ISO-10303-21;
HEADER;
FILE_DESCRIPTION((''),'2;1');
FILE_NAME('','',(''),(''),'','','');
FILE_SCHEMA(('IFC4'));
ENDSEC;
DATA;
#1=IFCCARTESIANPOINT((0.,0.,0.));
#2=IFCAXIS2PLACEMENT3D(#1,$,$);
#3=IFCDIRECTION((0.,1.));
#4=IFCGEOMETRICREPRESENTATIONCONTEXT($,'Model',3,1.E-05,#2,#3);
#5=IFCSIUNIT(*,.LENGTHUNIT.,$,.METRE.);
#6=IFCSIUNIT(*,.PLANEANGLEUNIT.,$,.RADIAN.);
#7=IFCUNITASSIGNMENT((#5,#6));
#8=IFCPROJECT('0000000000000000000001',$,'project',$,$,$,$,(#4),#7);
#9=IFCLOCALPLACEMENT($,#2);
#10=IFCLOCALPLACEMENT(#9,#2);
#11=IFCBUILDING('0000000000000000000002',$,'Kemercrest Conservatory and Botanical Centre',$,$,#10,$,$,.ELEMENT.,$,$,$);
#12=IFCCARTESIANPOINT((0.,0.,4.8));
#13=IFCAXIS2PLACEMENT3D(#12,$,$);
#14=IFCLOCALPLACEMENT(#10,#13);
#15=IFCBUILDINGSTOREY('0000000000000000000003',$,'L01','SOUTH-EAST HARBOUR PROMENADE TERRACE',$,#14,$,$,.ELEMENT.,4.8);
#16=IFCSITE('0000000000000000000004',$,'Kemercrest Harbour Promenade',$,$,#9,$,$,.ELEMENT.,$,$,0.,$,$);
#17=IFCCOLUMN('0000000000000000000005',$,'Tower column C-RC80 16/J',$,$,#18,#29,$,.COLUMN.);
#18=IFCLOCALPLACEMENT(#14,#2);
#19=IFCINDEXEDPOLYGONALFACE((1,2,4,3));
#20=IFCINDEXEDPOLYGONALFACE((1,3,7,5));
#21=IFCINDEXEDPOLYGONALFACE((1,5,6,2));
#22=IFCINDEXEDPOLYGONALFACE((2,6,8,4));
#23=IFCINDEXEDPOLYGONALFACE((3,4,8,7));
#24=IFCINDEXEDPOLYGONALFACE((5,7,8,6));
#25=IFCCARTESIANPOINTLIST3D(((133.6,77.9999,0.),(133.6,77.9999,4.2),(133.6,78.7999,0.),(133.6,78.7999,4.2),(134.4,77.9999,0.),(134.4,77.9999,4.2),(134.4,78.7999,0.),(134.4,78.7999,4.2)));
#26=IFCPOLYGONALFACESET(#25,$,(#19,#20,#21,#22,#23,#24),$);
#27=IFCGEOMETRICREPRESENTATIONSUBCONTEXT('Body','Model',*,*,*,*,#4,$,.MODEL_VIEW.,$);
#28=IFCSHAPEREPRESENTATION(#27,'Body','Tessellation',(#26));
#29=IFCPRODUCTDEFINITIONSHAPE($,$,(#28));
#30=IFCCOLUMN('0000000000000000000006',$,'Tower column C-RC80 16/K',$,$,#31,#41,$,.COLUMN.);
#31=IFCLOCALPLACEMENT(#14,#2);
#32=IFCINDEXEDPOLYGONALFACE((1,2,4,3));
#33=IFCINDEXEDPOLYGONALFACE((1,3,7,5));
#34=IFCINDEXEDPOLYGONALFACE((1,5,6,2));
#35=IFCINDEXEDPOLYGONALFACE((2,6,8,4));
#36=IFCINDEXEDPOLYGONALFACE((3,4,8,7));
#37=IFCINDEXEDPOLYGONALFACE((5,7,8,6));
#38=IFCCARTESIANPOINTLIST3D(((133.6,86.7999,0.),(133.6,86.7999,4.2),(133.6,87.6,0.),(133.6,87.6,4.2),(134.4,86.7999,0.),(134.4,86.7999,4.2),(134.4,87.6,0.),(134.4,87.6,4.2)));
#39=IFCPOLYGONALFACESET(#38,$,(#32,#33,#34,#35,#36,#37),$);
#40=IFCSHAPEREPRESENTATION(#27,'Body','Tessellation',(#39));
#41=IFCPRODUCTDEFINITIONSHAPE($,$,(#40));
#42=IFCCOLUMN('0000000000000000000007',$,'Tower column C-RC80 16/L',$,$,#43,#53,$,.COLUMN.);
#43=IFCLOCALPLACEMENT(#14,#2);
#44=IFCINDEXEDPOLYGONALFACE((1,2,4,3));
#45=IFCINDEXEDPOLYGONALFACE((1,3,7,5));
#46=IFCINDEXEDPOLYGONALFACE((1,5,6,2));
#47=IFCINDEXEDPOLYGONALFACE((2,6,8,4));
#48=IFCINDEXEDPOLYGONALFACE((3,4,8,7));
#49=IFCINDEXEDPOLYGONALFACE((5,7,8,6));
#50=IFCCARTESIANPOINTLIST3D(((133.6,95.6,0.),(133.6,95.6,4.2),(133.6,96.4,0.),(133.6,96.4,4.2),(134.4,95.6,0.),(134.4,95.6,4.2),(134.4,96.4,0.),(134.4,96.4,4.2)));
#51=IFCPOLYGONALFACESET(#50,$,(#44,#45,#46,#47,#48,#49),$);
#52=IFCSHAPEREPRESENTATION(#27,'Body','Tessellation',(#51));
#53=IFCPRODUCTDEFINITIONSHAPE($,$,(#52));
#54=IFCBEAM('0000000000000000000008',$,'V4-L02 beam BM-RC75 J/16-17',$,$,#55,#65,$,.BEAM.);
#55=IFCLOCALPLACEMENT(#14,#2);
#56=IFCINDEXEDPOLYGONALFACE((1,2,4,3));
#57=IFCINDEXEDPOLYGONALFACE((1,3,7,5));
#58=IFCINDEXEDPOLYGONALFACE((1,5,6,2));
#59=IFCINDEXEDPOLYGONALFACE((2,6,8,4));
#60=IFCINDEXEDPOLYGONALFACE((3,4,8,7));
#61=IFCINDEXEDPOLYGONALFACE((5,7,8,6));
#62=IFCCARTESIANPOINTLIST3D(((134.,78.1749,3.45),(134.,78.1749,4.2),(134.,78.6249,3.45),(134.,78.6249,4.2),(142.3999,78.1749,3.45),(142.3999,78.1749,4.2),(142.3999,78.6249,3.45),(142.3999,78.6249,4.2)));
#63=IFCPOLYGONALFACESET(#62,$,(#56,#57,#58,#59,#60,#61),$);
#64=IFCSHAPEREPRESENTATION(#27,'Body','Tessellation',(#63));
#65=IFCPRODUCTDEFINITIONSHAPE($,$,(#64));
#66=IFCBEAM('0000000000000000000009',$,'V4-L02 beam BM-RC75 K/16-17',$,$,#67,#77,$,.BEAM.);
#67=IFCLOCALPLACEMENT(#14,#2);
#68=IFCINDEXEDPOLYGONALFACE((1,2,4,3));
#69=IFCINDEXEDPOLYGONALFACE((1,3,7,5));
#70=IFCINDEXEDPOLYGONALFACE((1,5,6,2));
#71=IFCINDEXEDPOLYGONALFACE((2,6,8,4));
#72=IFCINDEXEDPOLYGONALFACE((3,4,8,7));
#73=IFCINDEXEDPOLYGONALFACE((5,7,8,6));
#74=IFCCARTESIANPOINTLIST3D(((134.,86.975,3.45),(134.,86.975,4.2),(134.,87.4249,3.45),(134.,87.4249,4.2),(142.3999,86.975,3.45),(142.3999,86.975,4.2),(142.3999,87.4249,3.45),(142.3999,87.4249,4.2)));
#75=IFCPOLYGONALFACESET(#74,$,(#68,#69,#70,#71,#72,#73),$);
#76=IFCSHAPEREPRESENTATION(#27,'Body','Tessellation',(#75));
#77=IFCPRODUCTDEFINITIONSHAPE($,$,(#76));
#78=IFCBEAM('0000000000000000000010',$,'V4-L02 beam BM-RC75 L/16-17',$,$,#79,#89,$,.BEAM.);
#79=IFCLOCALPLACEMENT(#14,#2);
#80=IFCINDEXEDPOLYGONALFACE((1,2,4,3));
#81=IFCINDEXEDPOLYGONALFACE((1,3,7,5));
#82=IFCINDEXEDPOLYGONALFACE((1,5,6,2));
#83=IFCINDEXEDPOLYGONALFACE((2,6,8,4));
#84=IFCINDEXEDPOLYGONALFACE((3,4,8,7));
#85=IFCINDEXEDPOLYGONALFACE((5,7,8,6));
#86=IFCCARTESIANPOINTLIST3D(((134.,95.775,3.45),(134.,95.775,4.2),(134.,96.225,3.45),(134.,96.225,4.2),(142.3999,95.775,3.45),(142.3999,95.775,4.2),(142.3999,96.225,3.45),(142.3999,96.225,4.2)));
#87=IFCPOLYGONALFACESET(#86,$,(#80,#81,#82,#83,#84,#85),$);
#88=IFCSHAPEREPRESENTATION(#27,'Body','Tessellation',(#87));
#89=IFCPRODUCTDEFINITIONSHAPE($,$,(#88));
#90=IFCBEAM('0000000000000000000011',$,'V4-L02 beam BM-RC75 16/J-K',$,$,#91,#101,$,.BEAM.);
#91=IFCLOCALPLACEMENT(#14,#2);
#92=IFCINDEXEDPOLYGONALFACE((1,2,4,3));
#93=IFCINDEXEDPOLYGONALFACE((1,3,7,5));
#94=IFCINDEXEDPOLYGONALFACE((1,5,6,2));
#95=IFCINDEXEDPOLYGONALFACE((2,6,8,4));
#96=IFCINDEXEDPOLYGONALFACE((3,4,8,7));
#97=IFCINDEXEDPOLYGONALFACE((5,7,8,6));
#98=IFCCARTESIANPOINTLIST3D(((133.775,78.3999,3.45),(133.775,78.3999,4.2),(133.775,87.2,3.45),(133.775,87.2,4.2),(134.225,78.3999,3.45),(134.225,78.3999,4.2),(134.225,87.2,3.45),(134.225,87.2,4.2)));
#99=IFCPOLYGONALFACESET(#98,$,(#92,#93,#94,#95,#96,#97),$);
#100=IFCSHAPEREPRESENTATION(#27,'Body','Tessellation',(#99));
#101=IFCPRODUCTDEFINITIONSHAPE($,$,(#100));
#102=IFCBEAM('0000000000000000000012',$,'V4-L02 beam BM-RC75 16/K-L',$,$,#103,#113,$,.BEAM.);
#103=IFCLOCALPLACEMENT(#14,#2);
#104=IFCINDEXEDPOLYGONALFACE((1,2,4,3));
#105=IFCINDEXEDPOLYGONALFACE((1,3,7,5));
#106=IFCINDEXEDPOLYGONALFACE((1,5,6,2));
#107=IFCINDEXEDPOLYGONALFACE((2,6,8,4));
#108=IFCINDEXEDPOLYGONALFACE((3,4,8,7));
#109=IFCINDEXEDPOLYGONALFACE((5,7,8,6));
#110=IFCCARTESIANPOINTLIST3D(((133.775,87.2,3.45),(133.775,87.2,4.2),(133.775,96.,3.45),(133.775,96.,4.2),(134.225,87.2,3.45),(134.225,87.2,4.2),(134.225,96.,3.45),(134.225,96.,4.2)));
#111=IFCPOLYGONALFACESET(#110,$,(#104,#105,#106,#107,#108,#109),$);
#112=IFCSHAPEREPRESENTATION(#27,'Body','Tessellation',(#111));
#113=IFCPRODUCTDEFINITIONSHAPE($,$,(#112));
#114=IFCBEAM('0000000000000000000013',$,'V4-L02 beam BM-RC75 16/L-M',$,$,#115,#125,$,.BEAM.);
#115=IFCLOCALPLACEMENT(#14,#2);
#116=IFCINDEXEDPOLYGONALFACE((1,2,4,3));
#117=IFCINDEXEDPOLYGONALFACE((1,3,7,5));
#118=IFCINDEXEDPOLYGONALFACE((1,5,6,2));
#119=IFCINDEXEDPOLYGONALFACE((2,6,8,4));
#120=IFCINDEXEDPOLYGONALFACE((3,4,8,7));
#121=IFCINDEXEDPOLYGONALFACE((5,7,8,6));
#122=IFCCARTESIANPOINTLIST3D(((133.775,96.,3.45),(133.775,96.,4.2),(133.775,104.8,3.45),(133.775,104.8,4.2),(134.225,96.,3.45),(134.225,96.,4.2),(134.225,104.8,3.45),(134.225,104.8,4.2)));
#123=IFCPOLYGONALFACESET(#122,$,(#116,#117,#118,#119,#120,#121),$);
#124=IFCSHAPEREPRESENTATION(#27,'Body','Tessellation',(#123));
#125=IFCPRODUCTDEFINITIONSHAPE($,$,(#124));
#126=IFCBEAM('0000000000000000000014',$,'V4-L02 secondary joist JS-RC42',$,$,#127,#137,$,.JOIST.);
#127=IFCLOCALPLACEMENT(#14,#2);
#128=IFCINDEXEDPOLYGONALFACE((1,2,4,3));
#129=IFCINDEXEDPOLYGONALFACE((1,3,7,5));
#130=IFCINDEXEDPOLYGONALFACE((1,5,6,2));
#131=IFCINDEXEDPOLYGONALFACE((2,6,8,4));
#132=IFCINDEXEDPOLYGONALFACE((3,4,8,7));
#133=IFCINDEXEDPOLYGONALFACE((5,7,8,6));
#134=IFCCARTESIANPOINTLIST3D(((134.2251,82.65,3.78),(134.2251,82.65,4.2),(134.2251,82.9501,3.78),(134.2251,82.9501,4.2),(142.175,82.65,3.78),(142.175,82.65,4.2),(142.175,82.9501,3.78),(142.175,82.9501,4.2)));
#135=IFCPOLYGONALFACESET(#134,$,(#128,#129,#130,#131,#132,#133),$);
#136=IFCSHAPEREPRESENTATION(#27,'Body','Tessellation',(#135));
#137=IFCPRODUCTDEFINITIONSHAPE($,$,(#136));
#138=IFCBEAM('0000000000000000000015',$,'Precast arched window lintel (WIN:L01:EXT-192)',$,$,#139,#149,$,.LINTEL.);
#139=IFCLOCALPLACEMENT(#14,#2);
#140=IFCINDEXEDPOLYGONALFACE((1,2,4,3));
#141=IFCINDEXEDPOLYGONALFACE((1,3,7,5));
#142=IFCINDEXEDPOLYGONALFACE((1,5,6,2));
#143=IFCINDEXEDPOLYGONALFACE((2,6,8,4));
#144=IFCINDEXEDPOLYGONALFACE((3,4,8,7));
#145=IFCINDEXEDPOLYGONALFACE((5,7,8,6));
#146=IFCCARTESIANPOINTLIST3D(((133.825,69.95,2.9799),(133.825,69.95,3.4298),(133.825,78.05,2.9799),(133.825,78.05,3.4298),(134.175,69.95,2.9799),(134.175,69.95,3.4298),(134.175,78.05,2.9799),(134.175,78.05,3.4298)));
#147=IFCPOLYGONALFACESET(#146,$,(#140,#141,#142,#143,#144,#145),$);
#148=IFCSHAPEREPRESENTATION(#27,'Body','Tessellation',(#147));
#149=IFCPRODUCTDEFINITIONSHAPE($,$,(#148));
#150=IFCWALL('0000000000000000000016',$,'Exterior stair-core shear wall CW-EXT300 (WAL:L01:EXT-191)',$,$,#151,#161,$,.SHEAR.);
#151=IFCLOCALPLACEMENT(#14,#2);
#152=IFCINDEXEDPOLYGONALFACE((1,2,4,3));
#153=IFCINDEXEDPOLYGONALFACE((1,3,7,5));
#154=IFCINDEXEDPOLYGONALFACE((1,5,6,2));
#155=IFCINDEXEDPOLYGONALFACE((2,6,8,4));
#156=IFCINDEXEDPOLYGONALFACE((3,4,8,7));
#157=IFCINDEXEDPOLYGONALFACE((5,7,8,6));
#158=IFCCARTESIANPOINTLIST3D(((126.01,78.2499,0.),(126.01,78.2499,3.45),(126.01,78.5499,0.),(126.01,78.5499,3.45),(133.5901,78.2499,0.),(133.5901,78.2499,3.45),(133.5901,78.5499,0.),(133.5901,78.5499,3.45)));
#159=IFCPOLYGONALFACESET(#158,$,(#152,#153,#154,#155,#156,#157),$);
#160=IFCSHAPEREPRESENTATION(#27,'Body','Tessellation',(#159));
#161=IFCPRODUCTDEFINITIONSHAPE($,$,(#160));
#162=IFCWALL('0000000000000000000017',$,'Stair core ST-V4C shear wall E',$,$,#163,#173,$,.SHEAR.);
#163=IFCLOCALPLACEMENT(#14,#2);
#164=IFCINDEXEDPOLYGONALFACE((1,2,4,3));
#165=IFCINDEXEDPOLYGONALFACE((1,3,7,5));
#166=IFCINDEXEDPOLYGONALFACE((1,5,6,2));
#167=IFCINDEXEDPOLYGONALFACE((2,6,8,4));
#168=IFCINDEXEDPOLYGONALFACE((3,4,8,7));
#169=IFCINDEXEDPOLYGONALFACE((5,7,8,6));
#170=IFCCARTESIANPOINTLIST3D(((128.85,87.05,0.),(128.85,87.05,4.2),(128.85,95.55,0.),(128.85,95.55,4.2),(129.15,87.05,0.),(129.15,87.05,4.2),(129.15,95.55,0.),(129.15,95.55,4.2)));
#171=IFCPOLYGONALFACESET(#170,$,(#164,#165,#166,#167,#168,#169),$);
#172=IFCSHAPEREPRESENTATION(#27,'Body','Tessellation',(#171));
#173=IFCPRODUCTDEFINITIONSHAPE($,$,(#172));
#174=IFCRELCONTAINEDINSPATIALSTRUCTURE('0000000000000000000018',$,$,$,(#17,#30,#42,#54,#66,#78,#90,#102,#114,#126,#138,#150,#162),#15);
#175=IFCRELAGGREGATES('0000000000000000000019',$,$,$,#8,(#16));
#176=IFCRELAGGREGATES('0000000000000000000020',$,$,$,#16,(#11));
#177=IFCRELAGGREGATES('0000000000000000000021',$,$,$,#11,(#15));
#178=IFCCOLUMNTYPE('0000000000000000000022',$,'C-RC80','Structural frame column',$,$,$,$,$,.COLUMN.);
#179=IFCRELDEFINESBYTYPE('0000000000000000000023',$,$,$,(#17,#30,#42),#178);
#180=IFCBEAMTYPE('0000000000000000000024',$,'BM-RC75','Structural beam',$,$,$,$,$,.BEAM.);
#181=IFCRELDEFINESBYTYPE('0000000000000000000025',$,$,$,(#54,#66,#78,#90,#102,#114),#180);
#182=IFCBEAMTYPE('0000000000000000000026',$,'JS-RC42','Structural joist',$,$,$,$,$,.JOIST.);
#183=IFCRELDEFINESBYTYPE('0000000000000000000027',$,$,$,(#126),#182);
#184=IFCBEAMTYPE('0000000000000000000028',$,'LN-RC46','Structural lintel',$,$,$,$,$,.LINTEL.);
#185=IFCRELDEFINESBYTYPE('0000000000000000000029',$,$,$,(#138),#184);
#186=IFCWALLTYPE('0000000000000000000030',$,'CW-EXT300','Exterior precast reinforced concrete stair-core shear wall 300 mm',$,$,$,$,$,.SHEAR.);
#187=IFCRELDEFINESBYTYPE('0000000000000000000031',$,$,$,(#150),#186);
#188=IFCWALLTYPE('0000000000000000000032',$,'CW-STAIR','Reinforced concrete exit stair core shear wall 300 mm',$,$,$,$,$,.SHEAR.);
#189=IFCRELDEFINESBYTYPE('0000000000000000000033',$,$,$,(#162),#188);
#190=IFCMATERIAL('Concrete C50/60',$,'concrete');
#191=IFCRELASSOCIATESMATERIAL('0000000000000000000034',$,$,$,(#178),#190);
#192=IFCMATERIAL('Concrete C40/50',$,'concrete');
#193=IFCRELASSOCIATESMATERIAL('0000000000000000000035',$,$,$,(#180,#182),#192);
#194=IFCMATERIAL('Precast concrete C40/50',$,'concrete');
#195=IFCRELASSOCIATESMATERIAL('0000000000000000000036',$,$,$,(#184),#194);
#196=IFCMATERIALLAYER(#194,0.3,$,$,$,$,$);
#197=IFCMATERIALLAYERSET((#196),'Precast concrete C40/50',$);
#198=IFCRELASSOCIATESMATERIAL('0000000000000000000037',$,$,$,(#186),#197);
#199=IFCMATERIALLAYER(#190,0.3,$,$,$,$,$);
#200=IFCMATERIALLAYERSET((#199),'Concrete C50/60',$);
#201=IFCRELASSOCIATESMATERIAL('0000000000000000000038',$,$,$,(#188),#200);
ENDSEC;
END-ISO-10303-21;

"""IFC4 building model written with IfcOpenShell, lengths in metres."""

from ifc_helpers import new_model, si_unit, direction, frame, frame_2d, origin, origin_2d, place, context, subcontext, project, spatial, rectangle, extrude, material, layer, layer_set, material_profile, profile_set, type_object, element, save


model = new_model("IFC4")

# Units and contexts
model_context = context("Model", 3, precision=1e-05, world=origin(), true_north=direction((0.0, 1.0)))
body_context = subcontext(model_context, "Body", "Model", "MODEL_VIEW")
ifc_project = project(units=[si_unit("LENGTHUNIT", "METRE"), si_unit("PLANEANGLEUNIT", "RADIAN")], contexts=[model_context])

# Site, building, storey
site_placement = place(None, origin())
site = spatial("IfcSite", under=ifc_project, at=site_placement, Name="Kemercrest Harbour Promenade", CompositionType="ELEMENT", RefElevation=0.0)
building_placement = place(site_placement, origin())
building = spatial("IfcBuilding", under=site, at=building_placement, Name="Kemercrest Conservatory and Botanical Centre", CompositionType="ELEMENT")
storey_placement = place(building_placement, frame((0.0, 0.0, 4.8)))
storey = spatial("IfcBuildingStorey", under=building, at=storey_placement, Name="L01", Description="SOUTH-EAST HARBOUR PROMENADE TERRACE", CompositionType="ELEMENT", Elevation=4.8)

# Columns
ifc_material_1 = material(Name="Concrete C50/60", Category="concrete")
ifc_material_profile_1 = material_profile(ifc_material_1, rectangle(XDim=0.8, YDim=0.8, at=origin_2d()), Name="RC 800x800")
ifc_profile_set_1 = profile_set([ifc_material_profile_1], Name="Concrete C50/60")
column_type = type_object("IfcColumnType", Name="C-RC80", Description="Structural frame column", PredefinedType="COLUMN", material=ifc_profile_set_1)
for number, where, z_axis, x_axis, name in (
    (1, (134.0, 78.3999, 0.0), (0.0, 0.0, 1.0), (1.0, 0.0, 0.0), "Tower column C-RC80 16/J"),
    (2, (134.0, 87.2, 0.0), (0.0, 0.0, 1.0), (1.0, 0.0, 0.0), "Tower column C-RC80 16/K"),
    (3, (134.0, 96.0, 0.0), (0.0, 0.0, 1.0), (1.0, 0.0, 0.0), "Tower column C-RC80 16/L"),
):
    element("IfcColumn", number, at=place(storey_placement, frame(where, z_axis=z_axis, x_axis=x_axis)), inside=storey, type_object=column_type, Name=name, PredefinedType="COLUMN", context=body_context, shape_type="SweptSolid", body=[
        extrude(rectangle(XDim=0.8, YDim=0.8, at=origin_2d()), origin(), (0.0, 0.0, 1.0), 4.2),
    ])

# Beams
ifc_material_2 = material(Name="Concrete C40/50", Category="concrete")
ifc_material_profile_2 = material_profile(ifc_material_2, rectangle(XDim=0.45, YDim=0.75, at=origin_2d()), Name="RC 450x750")
ifc_profile_set_2 = profile_set([ifc_material_profile_2], Name="Concrete C40/50")
beam_type_1 = type_object("IfcBeamType", Name="BM-RC75", Description="Structural beam", PredefinedType="BEAM", material=ifc_profile_set_2)
for number, where, z_axis, x_axis, name in (
    (4, (134.0, 78.3999, 3.825), (1.0, 0.0, 0.0), (0.0, 1.0, 0.0), "V4-L02 beam BM-RC75 J/16-17"),
    (5, (134.0, 87.2, 3.825), (1.0, 0.0, 0.0), (0.0, 1.0, 0.0), "V4-L02 beam BM-RC75 K/16-17"),
    (6, (134.0, 96.0, 3.825), (1.0, 0.0, 0.0), (0.0, 1.0, 0.0), "V4-L02 beam BM-RC75 L/16-17"),
):
    element("IfcBeam", number, at=place(storey_placement, frame(where, z_axis=z_axis, x_axis=x_axis)), inside=storey, type_object=beam_type_1, Name=name, PredefinedType="BEAM", context=body_context, shape_type="SweptSolid", body=[
        extrude(rectangle(XDim=0.45, YDim=0.75, at=origin_2d()), origin(), (0.0, 0.0, 1.0), 8.3999),
    ])
for number, where, z_axis, x_axis, name in (
    (7, (134.0, 78.3999, 3.825), (0.0, 1.0, 0.0), (-1.0, 0.0, 0.0), "V4-L02 beam BM-RC75 16/J-K"),
    (8, (134.0, 87.2, 3.825), (0.0, 1.0, 0.0), (-1.0, 0.0, 0.0), "V4-L02 beam BM-RC75 16/K-L"),
    (9, (134.0, 96.0, 3.825), (0.0, 1.0, 0.0), (-1.0, 0.0, 0.0), "V4-L02 beam BM-RC75 16/L-M"),
):
    element("IfcBeam", number, at=place(storey_placement, frame(where, z_axis=z_axis, x_axis=x_axis)), inside=storey, type_object=beam_type_1, Name=name, PredefinedType="BEAM", context=body_context, shape_type="SweptSolid", body=[
        extrude(rectangle(XDim=0.45, YDim=0.75, at=origin_2d()), origin(), (0.0, 0.0, 1.0), 8.8),
    ])
ifc_material_profile_3 = material_profile(ifc_material_2, rectangle(XDim=0.3, YDim=0.4199, at=origin_2d()), Name="RC 300x420")
ifc_profile_set_3 = profile_set([ifc_material_profile_3], Name="Concrete C40/50")
beam_type_2 = type_object("IfcBeamType", Name="JS-RC42", Description="Structural joist", PredefinedType="JOIST", material=ifc_profile_set_3)
beam_1_placement = place(storey_placement, frame((134.2251, 82.8, 3.99), z_axis=(1.0, 0.0, 0.0), x_axis=(0.0, 1.0, 0.0)))
element("IfcBeam", 10, at=beam_1_placement, inside=storey, type_object=beam_type_2, Name="V4-L02 secondary joist JS-RC42", PredefinedType="JOIST", context=body_context, shape_type="SweptSolid", body=[
    extrude(rectangle(XDim=0.3, YDim=0.4199, at=origin_2d()), origin(), (0.0, 0.0, 1.0), 7.95),
])
ifc_material_3 = material(Name="Precast concrete C40/50", Category="concrete")
ifc_material_profile_4 = material_profile(ifc_material_3, rectangle(XDim=0.3501, YDim=0.45, at=origin_2d()), Name="RC 350x450")
ifc_profile_set_4 = profile_set([ifc_material_profile_4], Name="Precast concrete C40/50")
beam_type_3 = type_object("IfcBeamType", Name="LN-RC46", Description="Structural lintel", PredefinedType="LINTEL", material=ifc_profile_set_4)
beam_2_placement = place(storey_placement, frame((134.0, 78.05, 3.2048), z_axis=(0.0, -1.0, 0.0), x_axis=(1.0, 0.0, 0.0)))
element("IfcBeam", 11, at=beam_2_placement, inside=storey, type_object=beam_type_3, Name="Precast arched window lintel (WIN:L01:EXT-192)", PredefinedType="LINTEL", context=body_context, shape_type="SweptSolid", body=[
    extrude(rectangle(XDim=0.3501, YDim=0.45, at=origin_2d()), origin(), (0.0, 0.0, 1.0), 8.1001),
])

# Walls
ifc_layer_1 = layer(ifc_material_3, 0.3)
ifc_layer_set_1 = layer_set([ifc_layer_1], Name="Precast concrete C40/50")
wall_type_1 = type_object("IfcWallType", Name="CW-EXT300", Description="Exterior precast reinforced concrete stair-core shear wall 300 mm", PredefinedType="SHEAR", material=ifc_layer_set_1)
wall_1_placement = place(storey_placement, frame((126.01, 78.3999, 0.0), z_axis=(0.0, 0.0, 1.0), x_axis=(1.0, 0.0, 0.0)))
element("IfcWall", 12, at=wall_1_placement, inside=storey, type_object=wall_type_1, Name="Exterior stair-core shear wall CW-EXT300 (WAL:L01:EXT-191)", PredefinedType="SHEAR", context=body_context, shape_type="SweptSolid", body=[
    extrude(rectangle(XDim=7.5801, YDim=0.3, at=frame_2d((3.79, 0.0))), origin(), (0.0, 0.0, 1.0), 3.45),
])
ifc_layer_2 = layer(ifc_material_1, 0.3)
ifc_layer_set_2 = layer_set([ifc_layer_2], Name="Concrete C50/60")
wall_type_2 = type_object("IfcWallType", Name="CW-STAIR", Description="Reinforced concrete exit stair core shear wall 300 mm", PredefinedType="SHEAR", material=ifc_layer_set_2)
wall_2_placement = place(storey_placement, frame((129.0, 87.05, 0.0), z_axis=(0.0, 0.0, 1.0), x_axis=(0.0, 1.0, 0.0)))
element("IfcWall", 13, at=wall_2_placement, inside=storey, type_object=wall_type_2, Name="Stair core ST-V4C shear wall E", PredefinedType="SHEAR", context=body_context, shape_type="SweptSolid", body=[
    extrude(rectangle(XDim=8.5, YDim=0.3, at=frame_2d((4.25, 0.0))), origin(), (0.0, 0.0, 1.0), 4.2),
])

save(model, "model.ifc")
